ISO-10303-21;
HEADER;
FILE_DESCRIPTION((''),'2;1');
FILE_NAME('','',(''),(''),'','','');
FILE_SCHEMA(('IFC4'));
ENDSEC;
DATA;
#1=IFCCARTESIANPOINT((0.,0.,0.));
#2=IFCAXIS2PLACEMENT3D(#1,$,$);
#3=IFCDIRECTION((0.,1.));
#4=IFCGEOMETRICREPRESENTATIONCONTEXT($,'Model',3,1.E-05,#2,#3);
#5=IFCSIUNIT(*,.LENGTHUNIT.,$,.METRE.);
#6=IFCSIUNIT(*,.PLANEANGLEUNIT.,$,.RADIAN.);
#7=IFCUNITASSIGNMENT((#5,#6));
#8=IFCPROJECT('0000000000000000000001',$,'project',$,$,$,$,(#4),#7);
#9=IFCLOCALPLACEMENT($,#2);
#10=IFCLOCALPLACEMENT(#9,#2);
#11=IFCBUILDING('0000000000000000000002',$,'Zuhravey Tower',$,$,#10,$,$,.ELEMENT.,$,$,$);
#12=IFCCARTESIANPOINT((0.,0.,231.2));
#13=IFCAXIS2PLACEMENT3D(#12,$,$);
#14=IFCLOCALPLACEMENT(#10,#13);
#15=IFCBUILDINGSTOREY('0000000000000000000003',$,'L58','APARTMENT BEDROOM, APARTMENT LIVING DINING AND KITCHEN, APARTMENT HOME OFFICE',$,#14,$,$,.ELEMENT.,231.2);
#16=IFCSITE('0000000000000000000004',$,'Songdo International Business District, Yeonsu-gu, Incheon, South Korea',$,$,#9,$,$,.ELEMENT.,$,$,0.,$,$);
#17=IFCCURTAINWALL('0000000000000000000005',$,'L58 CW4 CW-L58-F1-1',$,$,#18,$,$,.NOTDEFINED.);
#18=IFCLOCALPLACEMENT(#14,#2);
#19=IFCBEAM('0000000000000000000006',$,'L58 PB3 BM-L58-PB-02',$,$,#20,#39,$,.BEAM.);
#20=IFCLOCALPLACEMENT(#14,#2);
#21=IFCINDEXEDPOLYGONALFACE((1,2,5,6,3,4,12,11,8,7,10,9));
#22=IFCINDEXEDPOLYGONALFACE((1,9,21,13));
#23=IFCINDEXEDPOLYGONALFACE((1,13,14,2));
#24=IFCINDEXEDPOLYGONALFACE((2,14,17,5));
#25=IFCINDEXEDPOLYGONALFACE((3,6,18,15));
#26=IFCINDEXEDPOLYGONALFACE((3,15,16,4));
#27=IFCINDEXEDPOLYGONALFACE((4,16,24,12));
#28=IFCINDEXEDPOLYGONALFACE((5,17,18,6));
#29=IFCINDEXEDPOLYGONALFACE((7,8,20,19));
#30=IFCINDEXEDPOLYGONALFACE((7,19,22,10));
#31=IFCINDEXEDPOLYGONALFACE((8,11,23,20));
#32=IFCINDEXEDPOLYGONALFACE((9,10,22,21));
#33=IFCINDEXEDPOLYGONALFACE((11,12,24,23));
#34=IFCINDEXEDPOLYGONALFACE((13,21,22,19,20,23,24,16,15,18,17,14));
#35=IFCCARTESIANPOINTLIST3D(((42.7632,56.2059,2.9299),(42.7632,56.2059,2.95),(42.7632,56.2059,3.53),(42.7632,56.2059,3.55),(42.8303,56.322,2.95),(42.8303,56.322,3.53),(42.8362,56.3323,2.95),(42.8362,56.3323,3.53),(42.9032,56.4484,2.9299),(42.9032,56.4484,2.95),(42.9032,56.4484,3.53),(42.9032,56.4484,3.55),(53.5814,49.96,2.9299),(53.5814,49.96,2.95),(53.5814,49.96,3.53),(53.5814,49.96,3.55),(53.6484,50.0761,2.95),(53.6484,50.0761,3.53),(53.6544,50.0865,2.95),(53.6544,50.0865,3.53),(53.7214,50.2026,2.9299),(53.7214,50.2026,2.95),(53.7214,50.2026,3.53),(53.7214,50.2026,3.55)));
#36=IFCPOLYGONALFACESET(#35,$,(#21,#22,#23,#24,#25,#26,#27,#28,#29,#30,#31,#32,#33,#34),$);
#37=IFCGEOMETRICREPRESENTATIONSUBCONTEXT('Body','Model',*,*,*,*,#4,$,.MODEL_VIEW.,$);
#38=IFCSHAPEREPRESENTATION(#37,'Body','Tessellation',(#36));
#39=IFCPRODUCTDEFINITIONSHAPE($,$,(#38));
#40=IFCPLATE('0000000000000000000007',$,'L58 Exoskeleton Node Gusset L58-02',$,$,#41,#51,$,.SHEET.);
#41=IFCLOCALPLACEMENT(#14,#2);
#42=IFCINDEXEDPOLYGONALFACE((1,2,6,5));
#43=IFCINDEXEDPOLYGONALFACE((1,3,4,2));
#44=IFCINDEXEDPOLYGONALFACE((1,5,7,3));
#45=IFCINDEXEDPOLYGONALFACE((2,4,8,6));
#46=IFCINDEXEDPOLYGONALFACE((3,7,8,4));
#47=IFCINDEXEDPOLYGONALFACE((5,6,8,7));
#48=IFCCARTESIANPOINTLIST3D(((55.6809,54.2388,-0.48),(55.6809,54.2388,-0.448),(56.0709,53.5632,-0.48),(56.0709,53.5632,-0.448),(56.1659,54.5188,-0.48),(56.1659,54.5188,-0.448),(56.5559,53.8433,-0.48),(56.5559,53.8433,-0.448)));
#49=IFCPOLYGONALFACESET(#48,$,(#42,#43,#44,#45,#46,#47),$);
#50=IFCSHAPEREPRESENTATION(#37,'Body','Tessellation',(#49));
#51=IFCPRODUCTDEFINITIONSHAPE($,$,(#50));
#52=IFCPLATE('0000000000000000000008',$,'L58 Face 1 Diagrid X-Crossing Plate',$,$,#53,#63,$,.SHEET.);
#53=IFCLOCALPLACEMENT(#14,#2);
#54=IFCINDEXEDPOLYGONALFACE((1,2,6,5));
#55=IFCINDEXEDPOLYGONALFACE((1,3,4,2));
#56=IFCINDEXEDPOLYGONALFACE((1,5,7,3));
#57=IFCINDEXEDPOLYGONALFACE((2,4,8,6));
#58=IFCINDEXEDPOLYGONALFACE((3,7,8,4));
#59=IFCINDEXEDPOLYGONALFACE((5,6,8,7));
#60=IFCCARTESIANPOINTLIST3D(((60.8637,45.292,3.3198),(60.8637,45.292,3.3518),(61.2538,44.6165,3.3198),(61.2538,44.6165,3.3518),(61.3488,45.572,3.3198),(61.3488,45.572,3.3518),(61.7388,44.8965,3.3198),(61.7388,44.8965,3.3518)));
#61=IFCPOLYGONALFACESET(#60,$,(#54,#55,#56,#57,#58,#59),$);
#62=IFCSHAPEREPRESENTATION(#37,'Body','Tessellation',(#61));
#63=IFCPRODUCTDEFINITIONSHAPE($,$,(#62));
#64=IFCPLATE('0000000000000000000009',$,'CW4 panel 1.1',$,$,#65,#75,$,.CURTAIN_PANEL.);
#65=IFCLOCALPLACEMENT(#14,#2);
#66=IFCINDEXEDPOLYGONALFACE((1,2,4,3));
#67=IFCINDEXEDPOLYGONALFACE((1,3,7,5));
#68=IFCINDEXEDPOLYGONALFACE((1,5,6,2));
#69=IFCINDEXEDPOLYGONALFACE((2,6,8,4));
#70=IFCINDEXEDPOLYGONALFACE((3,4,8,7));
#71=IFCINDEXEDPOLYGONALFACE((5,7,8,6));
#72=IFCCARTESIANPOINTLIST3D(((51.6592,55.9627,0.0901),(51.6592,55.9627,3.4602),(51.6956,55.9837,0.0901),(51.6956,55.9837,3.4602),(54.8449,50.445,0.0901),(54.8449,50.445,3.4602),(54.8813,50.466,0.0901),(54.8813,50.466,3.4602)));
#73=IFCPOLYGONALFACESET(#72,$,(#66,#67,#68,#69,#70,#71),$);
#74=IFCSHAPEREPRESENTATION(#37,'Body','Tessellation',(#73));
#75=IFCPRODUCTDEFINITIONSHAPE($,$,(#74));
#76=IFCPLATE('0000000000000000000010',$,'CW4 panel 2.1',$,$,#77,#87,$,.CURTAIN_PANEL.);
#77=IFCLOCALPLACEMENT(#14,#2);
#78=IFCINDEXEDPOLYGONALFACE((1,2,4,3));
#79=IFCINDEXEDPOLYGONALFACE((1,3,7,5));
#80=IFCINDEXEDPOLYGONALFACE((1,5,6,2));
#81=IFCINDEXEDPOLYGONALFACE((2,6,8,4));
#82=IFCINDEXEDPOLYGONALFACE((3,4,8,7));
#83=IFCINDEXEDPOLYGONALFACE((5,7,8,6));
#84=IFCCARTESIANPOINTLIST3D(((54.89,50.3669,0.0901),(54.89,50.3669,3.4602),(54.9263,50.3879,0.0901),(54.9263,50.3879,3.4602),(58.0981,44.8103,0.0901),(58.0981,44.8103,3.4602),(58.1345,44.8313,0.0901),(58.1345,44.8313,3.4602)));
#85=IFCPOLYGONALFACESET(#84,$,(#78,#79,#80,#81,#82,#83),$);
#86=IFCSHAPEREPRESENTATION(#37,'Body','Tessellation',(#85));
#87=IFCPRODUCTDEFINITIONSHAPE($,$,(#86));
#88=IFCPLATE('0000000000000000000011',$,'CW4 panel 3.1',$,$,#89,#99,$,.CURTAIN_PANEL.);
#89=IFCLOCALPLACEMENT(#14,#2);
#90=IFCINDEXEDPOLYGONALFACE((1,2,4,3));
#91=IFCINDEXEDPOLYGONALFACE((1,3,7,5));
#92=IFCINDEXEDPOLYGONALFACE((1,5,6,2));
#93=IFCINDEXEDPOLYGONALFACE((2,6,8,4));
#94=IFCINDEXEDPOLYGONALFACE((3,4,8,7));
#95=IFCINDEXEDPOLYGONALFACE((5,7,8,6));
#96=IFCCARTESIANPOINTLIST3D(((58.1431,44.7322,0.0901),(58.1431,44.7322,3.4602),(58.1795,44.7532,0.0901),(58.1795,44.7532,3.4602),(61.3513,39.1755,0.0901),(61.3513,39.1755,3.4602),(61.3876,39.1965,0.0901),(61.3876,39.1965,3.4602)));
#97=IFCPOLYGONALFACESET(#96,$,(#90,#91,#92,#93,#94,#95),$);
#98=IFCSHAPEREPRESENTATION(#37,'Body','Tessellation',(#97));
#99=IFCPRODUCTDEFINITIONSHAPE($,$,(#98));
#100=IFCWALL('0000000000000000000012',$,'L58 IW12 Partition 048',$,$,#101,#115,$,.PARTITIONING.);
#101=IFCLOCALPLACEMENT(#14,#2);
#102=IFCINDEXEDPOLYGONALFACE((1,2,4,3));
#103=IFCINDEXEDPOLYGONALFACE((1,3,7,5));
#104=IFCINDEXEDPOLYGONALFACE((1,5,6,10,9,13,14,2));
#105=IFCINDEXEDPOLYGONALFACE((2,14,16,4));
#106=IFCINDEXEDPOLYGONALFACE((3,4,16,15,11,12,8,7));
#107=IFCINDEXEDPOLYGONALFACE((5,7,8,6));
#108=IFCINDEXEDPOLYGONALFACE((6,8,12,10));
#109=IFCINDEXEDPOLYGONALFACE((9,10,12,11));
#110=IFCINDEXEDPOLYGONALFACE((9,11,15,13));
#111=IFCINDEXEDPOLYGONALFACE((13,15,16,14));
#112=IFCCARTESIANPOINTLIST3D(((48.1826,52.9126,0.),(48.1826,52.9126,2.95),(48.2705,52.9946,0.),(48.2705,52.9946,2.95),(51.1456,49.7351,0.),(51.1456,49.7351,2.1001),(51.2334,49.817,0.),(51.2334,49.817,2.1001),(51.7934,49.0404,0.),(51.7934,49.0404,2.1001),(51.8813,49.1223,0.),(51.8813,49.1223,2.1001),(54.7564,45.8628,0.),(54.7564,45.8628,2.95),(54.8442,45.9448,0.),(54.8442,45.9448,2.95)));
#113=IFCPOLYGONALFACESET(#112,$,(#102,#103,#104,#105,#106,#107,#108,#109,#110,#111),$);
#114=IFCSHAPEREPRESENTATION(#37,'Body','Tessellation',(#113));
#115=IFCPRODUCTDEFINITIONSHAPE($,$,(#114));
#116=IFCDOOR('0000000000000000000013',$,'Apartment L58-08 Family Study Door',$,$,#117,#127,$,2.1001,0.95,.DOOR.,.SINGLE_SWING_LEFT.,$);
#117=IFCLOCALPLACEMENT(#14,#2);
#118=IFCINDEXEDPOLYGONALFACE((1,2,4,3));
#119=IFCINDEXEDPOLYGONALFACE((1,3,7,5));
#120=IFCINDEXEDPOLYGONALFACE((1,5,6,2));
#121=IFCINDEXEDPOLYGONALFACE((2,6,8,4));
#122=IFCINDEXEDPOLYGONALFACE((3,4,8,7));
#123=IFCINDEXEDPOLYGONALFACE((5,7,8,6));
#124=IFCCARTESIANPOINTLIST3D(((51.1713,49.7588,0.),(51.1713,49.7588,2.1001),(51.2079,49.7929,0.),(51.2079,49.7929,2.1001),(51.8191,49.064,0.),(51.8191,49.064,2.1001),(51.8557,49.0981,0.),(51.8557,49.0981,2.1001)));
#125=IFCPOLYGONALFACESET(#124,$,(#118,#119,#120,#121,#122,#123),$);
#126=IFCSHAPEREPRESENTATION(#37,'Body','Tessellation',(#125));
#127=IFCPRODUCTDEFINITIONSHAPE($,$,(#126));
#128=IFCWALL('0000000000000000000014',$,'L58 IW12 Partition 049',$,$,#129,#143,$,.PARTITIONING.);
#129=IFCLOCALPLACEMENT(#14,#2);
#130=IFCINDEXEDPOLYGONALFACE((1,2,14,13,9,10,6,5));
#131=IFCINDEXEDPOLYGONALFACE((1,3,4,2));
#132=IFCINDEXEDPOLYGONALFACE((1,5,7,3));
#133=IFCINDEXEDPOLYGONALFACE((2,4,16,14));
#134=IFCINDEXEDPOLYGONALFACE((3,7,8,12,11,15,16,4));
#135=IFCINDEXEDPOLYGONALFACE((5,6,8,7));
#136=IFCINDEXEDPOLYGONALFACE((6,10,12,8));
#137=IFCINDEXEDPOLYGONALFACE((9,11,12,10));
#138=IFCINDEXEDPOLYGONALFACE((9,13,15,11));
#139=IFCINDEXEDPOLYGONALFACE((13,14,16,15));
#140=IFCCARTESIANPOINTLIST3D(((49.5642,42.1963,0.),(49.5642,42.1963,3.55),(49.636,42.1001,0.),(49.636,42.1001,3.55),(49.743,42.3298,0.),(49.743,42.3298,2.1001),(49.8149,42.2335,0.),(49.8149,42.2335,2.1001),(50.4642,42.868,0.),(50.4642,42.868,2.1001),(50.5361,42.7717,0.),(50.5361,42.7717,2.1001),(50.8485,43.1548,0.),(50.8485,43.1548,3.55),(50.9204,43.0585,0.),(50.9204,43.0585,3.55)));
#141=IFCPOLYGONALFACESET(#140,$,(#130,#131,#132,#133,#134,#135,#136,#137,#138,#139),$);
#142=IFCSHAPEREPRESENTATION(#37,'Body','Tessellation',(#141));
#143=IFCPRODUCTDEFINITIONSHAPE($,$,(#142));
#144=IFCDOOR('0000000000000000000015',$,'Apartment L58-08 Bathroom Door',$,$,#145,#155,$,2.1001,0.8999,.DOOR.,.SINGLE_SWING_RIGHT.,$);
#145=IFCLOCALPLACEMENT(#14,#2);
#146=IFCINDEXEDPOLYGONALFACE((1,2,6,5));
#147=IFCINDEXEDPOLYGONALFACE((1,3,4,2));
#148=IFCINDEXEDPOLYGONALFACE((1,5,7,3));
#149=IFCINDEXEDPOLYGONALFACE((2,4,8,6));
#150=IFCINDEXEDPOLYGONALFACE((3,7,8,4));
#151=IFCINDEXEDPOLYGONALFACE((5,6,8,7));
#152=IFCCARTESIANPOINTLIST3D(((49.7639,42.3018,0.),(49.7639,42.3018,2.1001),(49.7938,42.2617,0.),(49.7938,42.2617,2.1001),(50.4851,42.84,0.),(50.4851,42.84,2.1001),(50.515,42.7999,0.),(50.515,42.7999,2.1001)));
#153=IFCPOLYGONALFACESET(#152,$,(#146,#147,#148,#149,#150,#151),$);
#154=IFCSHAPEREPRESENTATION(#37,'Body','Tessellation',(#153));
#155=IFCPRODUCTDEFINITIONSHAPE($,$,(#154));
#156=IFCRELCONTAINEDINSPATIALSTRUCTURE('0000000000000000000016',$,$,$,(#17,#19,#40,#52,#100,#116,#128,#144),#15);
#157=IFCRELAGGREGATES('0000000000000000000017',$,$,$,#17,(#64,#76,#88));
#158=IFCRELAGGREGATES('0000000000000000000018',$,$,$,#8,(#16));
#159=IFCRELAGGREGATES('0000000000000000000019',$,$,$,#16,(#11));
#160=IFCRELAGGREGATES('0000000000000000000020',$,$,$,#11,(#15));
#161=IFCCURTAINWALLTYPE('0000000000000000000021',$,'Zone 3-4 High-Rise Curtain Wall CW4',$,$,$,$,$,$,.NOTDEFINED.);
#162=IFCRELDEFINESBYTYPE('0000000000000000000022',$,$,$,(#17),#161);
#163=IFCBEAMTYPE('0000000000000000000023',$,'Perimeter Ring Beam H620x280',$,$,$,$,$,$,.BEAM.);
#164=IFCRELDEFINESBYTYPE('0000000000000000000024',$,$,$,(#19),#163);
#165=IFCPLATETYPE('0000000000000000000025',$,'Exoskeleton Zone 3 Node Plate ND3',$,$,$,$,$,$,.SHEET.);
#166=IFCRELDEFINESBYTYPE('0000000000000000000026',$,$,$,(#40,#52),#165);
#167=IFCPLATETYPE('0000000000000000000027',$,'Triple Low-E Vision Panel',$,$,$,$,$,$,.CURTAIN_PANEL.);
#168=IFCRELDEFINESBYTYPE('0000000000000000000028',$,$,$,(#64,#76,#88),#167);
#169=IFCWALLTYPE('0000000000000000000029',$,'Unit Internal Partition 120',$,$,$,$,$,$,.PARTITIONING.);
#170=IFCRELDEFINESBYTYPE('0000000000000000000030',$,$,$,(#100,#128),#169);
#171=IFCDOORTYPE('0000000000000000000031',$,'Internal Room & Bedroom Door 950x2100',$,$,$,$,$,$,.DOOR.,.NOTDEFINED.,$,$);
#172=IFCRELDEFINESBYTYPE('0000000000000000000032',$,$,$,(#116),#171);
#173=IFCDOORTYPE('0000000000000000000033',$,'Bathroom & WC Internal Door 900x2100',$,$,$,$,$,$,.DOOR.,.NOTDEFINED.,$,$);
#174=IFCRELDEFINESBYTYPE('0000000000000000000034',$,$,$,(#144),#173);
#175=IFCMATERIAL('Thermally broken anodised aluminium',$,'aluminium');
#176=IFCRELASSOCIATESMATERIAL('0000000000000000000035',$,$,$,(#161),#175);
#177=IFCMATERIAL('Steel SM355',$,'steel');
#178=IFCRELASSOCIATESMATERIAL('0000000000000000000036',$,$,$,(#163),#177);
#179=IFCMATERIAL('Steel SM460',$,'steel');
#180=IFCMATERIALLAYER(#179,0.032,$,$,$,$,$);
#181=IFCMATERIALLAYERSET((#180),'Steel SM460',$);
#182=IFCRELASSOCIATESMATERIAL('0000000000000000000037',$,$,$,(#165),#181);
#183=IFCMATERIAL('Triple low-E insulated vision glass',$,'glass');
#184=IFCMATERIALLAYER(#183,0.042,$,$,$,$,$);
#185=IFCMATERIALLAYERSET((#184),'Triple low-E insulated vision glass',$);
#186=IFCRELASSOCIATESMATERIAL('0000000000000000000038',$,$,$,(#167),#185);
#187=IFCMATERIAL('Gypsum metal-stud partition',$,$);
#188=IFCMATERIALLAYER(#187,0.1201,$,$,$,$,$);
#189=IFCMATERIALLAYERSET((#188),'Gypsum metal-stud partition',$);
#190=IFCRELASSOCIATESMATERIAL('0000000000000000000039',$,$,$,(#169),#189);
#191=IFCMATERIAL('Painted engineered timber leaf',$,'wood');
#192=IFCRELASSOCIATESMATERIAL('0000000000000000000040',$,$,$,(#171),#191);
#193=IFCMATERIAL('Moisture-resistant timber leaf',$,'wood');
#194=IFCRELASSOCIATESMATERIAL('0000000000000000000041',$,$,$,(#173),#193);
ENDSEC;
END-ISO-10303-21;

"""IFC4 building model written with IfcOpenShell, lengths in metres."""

from ifc_helpers import new_model, si_unit, direction, frame, frame_2d, origin, origin_2d, place, context, subcontext, project, spatial, rectangle, i_section, extrude, material, layer, layer_set, material_profile, profile_set, type_object, element, fill, aggregate, save


model = new_model("IFC4")

# Units and contexts
model_context = context("Model", 3, precision=1e-05, world=origin(), true_north=direction((0.0, 1.0)))
body_context = subcontext(model_context, "Body", "Model", "MODEL_VIEW")
ifc_project = project(units=[si_unit("LENGTHUNIT", "METRE"), si_unit("PLANEANGLEUNIT", "RADIAN")], contexts=[model_context])

# Site, building, storey
site_placement = place(None, origin())
site = spatial("IfcSite", under=ifc_project, at=site_placement, Name="Songdo International Business District, Yeonsu-gu, Incheon, South Korea", CompositionType="ELEMENT", RefElevation=0.0)
building_placement = place(site_placement, origin())
building = spatial("IfcBuilding", under=site, at=building_placement, Name="Zuhravey Tower", CompositionType="ELEMENT")
storey_placement = place(building_placement, frame((0.0, 0.0, 231.2)))
storey = spatial("IfcBuildingStorey", under=building, at=storey_placement, Name="L58", Description="APARTMENT BEDROOM, APARTMENT LIVING DINING AND KITCHEN, APARTMENT HOME OFFICE", CompositionType="ELEMENT", Elevation=231.2)

# Curtain wall
ifc_material_1 = material(Name="Thermally broken anodised aluminium", Category="aluminium")
curtain_wall_type = type_object("IfcCurtainWallType", Name="Zone 3-4 High-Rise Curtain Wall CW4", PredefinedType="NOTDEFINED", material=ifc_material_1)
curtain_wall_placement = place(storey_placement, origin())
curtain_wall = element("IfcCurtainWall", 1, at=curtain_wall_placement, inside=storey, type_object=curtain_wall_type, Name="L58 CW4 CW-L58-F1-1", PredefinedType="NOTDEFINED")

# Shared definitions
ifc_material_2 = material(Name="Steel SM355", Category="steel")

# Beam
ifc_material_profile_1 = material_profile(ifc_material_2, i_section(OverallWidth=0.28, OverallDepth=0.6201, WebThickness=0.012, FlangeThickness=0.02, at=origin_2d()), Name="H-620x280x12x20")
ifc_profile_set_1 = profile_set([ifc_material_profile_1], Name="Steel SM355")
beam_type = type_object("IfcBeamType", Name="Perimeter Ring Beam H620x280", PredefinedType="BEAM", material=ifc_profile_set_1)
beam_placement = place(storey_placement, frame((53.6514, 50.0813, 3.24), z_axis=(-0.866025, 0.5, 0.0), x_axis=(-0.5, -0.866025, 0.0)))
element("IfcBeam", 2, at=beam_placement, inside=storey, type_object=beam_type, Name="L58 PB3 BM-L58-PB-02", PredefinedType="BEAM", context=body_context, shape_type="SweptSolid", body=[
    extrude(i_section(OverallWidth=0.28, OverallDepth=0.6201, WebThickness=0.012, FlangeThickness=0.02, at=origin_2d()), origin(), (0.0, 0.0, 1.0), 12.4917),
])

# Plates
ifc_material_3 = material(Name="Steel SM460", Category="steel")
ifc_layer_1 = layer(ifc_material_3, 0.032)
ifc_layer_set_1 = layer_set([ifc_layer_1], Name="Steel SM460")
plate_type_1 = type_object("IfcPlateType", Name="Exoskeleton Zone 3 Node Plate ND3", PredefinedType="SHEET", material=ifc_layer_set_1)
for number, where, z_axis, x_axis, name in (
    (3, (56.1184, 54.041, -0.48), (0.0, 0.0, 1.0), (-0.5, 0.866025, 0.0), "L58 Exoskeleton Node Gusset L58-02"),
    (4, (61.3013, 45.0942, 3.3198), (0.0, 0.0, 1.0), (-0.5, 0.866025, 0.0), "L58 Face 1 Diagrid X-Crossing Plate"),
):
    element("IfcPlate", number, at=place(storey_placement, frame(where, z_axis=z_axis, x_axis=x_axis)), inside=storey, type_object=plate_type_1, Name=name, PredefinedType="SHEET", context=body_context, shape_type="SweptSolid", body=[
        extrude(rectangle(XDim=0.78, YDim=0.5601, at=origin_2d()), origin(), (0.0, 0.0, 1.0), 0.032),
    ])

# Plates
ifc_material_4 = material(Name="Triple low-E insulated vision glass", Category="glass")
ifc_layer_2 = layer(ifc_material_4, 0.042)
ifc_layer_set_2 = layer_set([ifc_layer_2], Name="Triple low-E insulated vision glass")
plate_type_2 = type_object("IfcPlateType", Name="Triple Low-E Vision Panel", PredefinedType="CURTAIN_PANEL", material=ifc_layer_set_2)
plate_1_placement = place(storey_placement, frame((53.2703, 53.2144, 0.0901), z_axis=(0.0, 0.0, 1.0), x_axis=(0.500001, -0.866025, 0.0)))
plate_1 = element("IfcPlate", 5, at=plate_1_placement, type_object=plate_type_2, Name="CW4 panel 1.1", PredefinedType="CURTAIN_PANEL", context=body_context, shape_type="SweptSolid", body=[
    extrude(rectangle(XDim=6.3713, YDim=0.042, at=origin_2d()), origin(), (0.0, 0.0, 1.0), 3.3701),
])
plate_2_placement = place(storey_placement, frame((56.5122, 47.5991, 0.0901), z_axis=(0.0, 0.0, 1.0), x_axis=(0.500001, -0.866025, 0.0)))
plate_2 = element("IfcPlate", 6, at=plate_2_placement, type_object=plate_type_2, Name="CW4 panel 2.1", PredefinedType="CURTAIN_PANEL", context=body_context, shape_type="SweptSolid", body=[
    extrude(rectangle(XDim=6.4163, YDim=0.042, at=origin_2d()), origin(), (0.0, 0.0, 1.0), 3.3701),
])
plate_3_placement = place(storey_placement, frame((59.7654, 41.9644, 0.0901), z_axis=(0.0, 0.0, 1.0), x_axis=(0.500001, -0.866025, 0.0)))
plate_3 = element("IfcPlate", 7, at=plate_3_placement, type_object=plate_type_2, Name="CW4 panel 3.1", PredefinedType="CURTAIN_PANEL", context=body_context, shape_type="SweptSolid", body=[
    extrude(rectangle(XDim=6.4163, YDim=0.042, at=origin_2d()), origin(), (0.0, 0.0, 1.0), 3.3701),
])
aggregate(curtain_wall, [plate_1, plate_2, plate_3])

# Walls, openings, doors
ifc_material_5 = material(Name="Gypsum metal-stud partition")
ifc_layer_3 = layer(ifc_material_5, 0.1201)
ifc_layer_set_3 = layer_set([ifc_layer_3], Name="Gypsum metal-stud partition")
wall_type = type_object("IfcWallType", Name="Unit Internal Partition 120", PredefinedType="PARTITIONING", material=ifc_layer_set_3)
wall_1_placement = place(storey_placement, frame((54.8003, 45.9038, 0.0), z_axis=(0.0, 0.0, 1.0), x_axis=(-0.681981, 0.73137, 0.0)))
wall_1 = element("IfcWall", 8, at=wall_1_placement, inside=storey, type_object=wall_type, Name="L58 IW12 Partition 048", PredefinedType="PARTITIONING", context=body_context, shape_type="SweptSolid", body=[
    extrude(rectangle(XDim=9.6392, YDim=0.1201, at=frame_2d((4.8196, 0.0))), origin(), (0.0, 0.0, 1.0), 2.95),
])
opening_1_placement = place(wall_1_placement, frame((4.3445, 0.0, 0.0)))
opening_1 = element("IfcOpeningElement", 9, at=opening_1_placement, cuts=wall_1, PredefinedType="OPENING", context=body_context, shape_type="SweptSolid", body=[
    extrude(rectangle(XDim=0.95, YDim=2.1001, at=frame_2d((0.4751, 1.05))), frame((0.0, 0.072, 0.0), z_axis=(0.0, -1.0, 0.0), x_axis=(1.0, 0.0, 0.0)), (0.0, 0.0, 1.0), 0.144),
])
ifc_material_6 = material(Name="Painted engineered timber leaf", Category="wood")
door_type_1 = type_object("IfcDoorType", Name="Internal Room & Bedroom Door 950x2100", OperationType="NOTDEFINED", PredefinedType="DOOR", material=ifc_material_6)
door_1_placement = place(opening_1_placement, frame((0.95, 0.0, 0.0), z_axis=(0.0, 0.0, 1.0), x_axis=(-1.0, 0.0, 0.0)))
door_1 = element("IfcDoor", 10, at=door_1_placement, inside=storey, type_object=door_type_1, Name="Apartment L58-08 Family Study Door", OperationType="SINGLE_SWING_LEFT", OverallHeight=2.1001, OverallWidth=0.95, PredefinedType="DOOR", context=body_context, shape_type="SweptSolid", body=[
    extrude(rectangle(XDim=0.95, YDim=2.1001, at=frame_2d((0.4751, 1.05))), frame((0.0, 0.0249, 0.0), z_axis=(0.0, -1.0, 0.0), x_axis=(1.0, 0.0, 0.0)), (0.0, 0.0, 1.0), 0.05),
])
fill(opening_1, door_1)
wall_2_placement = place(storey_placement, frame((49.6001, 42.1482, 0.0), z_axis=(0.0, 0.0, 1.0), x_axis=(0.801442, 0.598073, 0.0)))
wall_2 = element("IfcWall", 11, at=wall_2_placement, inside=storey, type_object=wall_type, Name="L58 IW12 Partition 049", PredefinedType="PARTITIONING", context=body_context, shape_type="SweptSolid", body=[
    extrude(rectangle(XDim=1.6025, YDim=0.1201, at=frame_2d((0.8013, 0.0))), origin(), (0.0, 0.0, 1.0), 3.55),
])
opening_2_placement = place(wall_2_placement, frame((0.2231, 0.0, 0.0)))
opening_2 = element("IfcOpeningElement", 12, at=opening_2_placement, cuts=wall_2, PredefinedType="OPENING", context=body_context, shape_type="SweptSolid", body=[
    extrude(rectangle(XDim=0.8999, YDim=2.1001, at=frame_2d((0.45, 1.05))), frame((0.0, 0.072, 0.0), z_axis=(0.0, -1.0, 0.0), x_axis=(1.0, 0.0, 0.0)), (0.0, 0.0, 1.0), 0.144),
])
ifc_material_7 = material(Name="Moisture-resistant timber leaf", Category="wood")
door_type_2 = type_object("IfcDoorType", Name="Bathroom & WC Internal Door 900x2100", OperationType="NOTDEFINED", PredefinedType="DOOR", material=ifc_material_7)
door_2_placement = place(opening_2_placement, frame((0.8999, 0.0, 0.0), z_axis=(0.0, 0.0, 1.0), x_axis=(-1.0, 0.0, 0.0)))
door_2 = element("IfcDoor", 13, at=door_2_placement, inside=storey, type_object=door_type_2, Name="Apartment L58-08 Bathroom Door", OperationType="SINGLE_SWING_RIGHT", OverallHeight=2.1001, OverallWidth=0.8999, PredefinedType="DOOR", context=body_context, shape_type="SweptSolid", body=[
    extrude(rectangle(XDim=0.8999, YDim=2.1001, at=frame_2d((0.45, 1.05))), frame((0.0, 0.0249, 0.0), z_axis=(0.0, -1.0, 0.0), x_axis=(1.0, 0.0, 0.0)), (0.0, 0.0, 1.0), 0.05),
])
fill(opening_2, door_2)

save(model, "model.ifc")
